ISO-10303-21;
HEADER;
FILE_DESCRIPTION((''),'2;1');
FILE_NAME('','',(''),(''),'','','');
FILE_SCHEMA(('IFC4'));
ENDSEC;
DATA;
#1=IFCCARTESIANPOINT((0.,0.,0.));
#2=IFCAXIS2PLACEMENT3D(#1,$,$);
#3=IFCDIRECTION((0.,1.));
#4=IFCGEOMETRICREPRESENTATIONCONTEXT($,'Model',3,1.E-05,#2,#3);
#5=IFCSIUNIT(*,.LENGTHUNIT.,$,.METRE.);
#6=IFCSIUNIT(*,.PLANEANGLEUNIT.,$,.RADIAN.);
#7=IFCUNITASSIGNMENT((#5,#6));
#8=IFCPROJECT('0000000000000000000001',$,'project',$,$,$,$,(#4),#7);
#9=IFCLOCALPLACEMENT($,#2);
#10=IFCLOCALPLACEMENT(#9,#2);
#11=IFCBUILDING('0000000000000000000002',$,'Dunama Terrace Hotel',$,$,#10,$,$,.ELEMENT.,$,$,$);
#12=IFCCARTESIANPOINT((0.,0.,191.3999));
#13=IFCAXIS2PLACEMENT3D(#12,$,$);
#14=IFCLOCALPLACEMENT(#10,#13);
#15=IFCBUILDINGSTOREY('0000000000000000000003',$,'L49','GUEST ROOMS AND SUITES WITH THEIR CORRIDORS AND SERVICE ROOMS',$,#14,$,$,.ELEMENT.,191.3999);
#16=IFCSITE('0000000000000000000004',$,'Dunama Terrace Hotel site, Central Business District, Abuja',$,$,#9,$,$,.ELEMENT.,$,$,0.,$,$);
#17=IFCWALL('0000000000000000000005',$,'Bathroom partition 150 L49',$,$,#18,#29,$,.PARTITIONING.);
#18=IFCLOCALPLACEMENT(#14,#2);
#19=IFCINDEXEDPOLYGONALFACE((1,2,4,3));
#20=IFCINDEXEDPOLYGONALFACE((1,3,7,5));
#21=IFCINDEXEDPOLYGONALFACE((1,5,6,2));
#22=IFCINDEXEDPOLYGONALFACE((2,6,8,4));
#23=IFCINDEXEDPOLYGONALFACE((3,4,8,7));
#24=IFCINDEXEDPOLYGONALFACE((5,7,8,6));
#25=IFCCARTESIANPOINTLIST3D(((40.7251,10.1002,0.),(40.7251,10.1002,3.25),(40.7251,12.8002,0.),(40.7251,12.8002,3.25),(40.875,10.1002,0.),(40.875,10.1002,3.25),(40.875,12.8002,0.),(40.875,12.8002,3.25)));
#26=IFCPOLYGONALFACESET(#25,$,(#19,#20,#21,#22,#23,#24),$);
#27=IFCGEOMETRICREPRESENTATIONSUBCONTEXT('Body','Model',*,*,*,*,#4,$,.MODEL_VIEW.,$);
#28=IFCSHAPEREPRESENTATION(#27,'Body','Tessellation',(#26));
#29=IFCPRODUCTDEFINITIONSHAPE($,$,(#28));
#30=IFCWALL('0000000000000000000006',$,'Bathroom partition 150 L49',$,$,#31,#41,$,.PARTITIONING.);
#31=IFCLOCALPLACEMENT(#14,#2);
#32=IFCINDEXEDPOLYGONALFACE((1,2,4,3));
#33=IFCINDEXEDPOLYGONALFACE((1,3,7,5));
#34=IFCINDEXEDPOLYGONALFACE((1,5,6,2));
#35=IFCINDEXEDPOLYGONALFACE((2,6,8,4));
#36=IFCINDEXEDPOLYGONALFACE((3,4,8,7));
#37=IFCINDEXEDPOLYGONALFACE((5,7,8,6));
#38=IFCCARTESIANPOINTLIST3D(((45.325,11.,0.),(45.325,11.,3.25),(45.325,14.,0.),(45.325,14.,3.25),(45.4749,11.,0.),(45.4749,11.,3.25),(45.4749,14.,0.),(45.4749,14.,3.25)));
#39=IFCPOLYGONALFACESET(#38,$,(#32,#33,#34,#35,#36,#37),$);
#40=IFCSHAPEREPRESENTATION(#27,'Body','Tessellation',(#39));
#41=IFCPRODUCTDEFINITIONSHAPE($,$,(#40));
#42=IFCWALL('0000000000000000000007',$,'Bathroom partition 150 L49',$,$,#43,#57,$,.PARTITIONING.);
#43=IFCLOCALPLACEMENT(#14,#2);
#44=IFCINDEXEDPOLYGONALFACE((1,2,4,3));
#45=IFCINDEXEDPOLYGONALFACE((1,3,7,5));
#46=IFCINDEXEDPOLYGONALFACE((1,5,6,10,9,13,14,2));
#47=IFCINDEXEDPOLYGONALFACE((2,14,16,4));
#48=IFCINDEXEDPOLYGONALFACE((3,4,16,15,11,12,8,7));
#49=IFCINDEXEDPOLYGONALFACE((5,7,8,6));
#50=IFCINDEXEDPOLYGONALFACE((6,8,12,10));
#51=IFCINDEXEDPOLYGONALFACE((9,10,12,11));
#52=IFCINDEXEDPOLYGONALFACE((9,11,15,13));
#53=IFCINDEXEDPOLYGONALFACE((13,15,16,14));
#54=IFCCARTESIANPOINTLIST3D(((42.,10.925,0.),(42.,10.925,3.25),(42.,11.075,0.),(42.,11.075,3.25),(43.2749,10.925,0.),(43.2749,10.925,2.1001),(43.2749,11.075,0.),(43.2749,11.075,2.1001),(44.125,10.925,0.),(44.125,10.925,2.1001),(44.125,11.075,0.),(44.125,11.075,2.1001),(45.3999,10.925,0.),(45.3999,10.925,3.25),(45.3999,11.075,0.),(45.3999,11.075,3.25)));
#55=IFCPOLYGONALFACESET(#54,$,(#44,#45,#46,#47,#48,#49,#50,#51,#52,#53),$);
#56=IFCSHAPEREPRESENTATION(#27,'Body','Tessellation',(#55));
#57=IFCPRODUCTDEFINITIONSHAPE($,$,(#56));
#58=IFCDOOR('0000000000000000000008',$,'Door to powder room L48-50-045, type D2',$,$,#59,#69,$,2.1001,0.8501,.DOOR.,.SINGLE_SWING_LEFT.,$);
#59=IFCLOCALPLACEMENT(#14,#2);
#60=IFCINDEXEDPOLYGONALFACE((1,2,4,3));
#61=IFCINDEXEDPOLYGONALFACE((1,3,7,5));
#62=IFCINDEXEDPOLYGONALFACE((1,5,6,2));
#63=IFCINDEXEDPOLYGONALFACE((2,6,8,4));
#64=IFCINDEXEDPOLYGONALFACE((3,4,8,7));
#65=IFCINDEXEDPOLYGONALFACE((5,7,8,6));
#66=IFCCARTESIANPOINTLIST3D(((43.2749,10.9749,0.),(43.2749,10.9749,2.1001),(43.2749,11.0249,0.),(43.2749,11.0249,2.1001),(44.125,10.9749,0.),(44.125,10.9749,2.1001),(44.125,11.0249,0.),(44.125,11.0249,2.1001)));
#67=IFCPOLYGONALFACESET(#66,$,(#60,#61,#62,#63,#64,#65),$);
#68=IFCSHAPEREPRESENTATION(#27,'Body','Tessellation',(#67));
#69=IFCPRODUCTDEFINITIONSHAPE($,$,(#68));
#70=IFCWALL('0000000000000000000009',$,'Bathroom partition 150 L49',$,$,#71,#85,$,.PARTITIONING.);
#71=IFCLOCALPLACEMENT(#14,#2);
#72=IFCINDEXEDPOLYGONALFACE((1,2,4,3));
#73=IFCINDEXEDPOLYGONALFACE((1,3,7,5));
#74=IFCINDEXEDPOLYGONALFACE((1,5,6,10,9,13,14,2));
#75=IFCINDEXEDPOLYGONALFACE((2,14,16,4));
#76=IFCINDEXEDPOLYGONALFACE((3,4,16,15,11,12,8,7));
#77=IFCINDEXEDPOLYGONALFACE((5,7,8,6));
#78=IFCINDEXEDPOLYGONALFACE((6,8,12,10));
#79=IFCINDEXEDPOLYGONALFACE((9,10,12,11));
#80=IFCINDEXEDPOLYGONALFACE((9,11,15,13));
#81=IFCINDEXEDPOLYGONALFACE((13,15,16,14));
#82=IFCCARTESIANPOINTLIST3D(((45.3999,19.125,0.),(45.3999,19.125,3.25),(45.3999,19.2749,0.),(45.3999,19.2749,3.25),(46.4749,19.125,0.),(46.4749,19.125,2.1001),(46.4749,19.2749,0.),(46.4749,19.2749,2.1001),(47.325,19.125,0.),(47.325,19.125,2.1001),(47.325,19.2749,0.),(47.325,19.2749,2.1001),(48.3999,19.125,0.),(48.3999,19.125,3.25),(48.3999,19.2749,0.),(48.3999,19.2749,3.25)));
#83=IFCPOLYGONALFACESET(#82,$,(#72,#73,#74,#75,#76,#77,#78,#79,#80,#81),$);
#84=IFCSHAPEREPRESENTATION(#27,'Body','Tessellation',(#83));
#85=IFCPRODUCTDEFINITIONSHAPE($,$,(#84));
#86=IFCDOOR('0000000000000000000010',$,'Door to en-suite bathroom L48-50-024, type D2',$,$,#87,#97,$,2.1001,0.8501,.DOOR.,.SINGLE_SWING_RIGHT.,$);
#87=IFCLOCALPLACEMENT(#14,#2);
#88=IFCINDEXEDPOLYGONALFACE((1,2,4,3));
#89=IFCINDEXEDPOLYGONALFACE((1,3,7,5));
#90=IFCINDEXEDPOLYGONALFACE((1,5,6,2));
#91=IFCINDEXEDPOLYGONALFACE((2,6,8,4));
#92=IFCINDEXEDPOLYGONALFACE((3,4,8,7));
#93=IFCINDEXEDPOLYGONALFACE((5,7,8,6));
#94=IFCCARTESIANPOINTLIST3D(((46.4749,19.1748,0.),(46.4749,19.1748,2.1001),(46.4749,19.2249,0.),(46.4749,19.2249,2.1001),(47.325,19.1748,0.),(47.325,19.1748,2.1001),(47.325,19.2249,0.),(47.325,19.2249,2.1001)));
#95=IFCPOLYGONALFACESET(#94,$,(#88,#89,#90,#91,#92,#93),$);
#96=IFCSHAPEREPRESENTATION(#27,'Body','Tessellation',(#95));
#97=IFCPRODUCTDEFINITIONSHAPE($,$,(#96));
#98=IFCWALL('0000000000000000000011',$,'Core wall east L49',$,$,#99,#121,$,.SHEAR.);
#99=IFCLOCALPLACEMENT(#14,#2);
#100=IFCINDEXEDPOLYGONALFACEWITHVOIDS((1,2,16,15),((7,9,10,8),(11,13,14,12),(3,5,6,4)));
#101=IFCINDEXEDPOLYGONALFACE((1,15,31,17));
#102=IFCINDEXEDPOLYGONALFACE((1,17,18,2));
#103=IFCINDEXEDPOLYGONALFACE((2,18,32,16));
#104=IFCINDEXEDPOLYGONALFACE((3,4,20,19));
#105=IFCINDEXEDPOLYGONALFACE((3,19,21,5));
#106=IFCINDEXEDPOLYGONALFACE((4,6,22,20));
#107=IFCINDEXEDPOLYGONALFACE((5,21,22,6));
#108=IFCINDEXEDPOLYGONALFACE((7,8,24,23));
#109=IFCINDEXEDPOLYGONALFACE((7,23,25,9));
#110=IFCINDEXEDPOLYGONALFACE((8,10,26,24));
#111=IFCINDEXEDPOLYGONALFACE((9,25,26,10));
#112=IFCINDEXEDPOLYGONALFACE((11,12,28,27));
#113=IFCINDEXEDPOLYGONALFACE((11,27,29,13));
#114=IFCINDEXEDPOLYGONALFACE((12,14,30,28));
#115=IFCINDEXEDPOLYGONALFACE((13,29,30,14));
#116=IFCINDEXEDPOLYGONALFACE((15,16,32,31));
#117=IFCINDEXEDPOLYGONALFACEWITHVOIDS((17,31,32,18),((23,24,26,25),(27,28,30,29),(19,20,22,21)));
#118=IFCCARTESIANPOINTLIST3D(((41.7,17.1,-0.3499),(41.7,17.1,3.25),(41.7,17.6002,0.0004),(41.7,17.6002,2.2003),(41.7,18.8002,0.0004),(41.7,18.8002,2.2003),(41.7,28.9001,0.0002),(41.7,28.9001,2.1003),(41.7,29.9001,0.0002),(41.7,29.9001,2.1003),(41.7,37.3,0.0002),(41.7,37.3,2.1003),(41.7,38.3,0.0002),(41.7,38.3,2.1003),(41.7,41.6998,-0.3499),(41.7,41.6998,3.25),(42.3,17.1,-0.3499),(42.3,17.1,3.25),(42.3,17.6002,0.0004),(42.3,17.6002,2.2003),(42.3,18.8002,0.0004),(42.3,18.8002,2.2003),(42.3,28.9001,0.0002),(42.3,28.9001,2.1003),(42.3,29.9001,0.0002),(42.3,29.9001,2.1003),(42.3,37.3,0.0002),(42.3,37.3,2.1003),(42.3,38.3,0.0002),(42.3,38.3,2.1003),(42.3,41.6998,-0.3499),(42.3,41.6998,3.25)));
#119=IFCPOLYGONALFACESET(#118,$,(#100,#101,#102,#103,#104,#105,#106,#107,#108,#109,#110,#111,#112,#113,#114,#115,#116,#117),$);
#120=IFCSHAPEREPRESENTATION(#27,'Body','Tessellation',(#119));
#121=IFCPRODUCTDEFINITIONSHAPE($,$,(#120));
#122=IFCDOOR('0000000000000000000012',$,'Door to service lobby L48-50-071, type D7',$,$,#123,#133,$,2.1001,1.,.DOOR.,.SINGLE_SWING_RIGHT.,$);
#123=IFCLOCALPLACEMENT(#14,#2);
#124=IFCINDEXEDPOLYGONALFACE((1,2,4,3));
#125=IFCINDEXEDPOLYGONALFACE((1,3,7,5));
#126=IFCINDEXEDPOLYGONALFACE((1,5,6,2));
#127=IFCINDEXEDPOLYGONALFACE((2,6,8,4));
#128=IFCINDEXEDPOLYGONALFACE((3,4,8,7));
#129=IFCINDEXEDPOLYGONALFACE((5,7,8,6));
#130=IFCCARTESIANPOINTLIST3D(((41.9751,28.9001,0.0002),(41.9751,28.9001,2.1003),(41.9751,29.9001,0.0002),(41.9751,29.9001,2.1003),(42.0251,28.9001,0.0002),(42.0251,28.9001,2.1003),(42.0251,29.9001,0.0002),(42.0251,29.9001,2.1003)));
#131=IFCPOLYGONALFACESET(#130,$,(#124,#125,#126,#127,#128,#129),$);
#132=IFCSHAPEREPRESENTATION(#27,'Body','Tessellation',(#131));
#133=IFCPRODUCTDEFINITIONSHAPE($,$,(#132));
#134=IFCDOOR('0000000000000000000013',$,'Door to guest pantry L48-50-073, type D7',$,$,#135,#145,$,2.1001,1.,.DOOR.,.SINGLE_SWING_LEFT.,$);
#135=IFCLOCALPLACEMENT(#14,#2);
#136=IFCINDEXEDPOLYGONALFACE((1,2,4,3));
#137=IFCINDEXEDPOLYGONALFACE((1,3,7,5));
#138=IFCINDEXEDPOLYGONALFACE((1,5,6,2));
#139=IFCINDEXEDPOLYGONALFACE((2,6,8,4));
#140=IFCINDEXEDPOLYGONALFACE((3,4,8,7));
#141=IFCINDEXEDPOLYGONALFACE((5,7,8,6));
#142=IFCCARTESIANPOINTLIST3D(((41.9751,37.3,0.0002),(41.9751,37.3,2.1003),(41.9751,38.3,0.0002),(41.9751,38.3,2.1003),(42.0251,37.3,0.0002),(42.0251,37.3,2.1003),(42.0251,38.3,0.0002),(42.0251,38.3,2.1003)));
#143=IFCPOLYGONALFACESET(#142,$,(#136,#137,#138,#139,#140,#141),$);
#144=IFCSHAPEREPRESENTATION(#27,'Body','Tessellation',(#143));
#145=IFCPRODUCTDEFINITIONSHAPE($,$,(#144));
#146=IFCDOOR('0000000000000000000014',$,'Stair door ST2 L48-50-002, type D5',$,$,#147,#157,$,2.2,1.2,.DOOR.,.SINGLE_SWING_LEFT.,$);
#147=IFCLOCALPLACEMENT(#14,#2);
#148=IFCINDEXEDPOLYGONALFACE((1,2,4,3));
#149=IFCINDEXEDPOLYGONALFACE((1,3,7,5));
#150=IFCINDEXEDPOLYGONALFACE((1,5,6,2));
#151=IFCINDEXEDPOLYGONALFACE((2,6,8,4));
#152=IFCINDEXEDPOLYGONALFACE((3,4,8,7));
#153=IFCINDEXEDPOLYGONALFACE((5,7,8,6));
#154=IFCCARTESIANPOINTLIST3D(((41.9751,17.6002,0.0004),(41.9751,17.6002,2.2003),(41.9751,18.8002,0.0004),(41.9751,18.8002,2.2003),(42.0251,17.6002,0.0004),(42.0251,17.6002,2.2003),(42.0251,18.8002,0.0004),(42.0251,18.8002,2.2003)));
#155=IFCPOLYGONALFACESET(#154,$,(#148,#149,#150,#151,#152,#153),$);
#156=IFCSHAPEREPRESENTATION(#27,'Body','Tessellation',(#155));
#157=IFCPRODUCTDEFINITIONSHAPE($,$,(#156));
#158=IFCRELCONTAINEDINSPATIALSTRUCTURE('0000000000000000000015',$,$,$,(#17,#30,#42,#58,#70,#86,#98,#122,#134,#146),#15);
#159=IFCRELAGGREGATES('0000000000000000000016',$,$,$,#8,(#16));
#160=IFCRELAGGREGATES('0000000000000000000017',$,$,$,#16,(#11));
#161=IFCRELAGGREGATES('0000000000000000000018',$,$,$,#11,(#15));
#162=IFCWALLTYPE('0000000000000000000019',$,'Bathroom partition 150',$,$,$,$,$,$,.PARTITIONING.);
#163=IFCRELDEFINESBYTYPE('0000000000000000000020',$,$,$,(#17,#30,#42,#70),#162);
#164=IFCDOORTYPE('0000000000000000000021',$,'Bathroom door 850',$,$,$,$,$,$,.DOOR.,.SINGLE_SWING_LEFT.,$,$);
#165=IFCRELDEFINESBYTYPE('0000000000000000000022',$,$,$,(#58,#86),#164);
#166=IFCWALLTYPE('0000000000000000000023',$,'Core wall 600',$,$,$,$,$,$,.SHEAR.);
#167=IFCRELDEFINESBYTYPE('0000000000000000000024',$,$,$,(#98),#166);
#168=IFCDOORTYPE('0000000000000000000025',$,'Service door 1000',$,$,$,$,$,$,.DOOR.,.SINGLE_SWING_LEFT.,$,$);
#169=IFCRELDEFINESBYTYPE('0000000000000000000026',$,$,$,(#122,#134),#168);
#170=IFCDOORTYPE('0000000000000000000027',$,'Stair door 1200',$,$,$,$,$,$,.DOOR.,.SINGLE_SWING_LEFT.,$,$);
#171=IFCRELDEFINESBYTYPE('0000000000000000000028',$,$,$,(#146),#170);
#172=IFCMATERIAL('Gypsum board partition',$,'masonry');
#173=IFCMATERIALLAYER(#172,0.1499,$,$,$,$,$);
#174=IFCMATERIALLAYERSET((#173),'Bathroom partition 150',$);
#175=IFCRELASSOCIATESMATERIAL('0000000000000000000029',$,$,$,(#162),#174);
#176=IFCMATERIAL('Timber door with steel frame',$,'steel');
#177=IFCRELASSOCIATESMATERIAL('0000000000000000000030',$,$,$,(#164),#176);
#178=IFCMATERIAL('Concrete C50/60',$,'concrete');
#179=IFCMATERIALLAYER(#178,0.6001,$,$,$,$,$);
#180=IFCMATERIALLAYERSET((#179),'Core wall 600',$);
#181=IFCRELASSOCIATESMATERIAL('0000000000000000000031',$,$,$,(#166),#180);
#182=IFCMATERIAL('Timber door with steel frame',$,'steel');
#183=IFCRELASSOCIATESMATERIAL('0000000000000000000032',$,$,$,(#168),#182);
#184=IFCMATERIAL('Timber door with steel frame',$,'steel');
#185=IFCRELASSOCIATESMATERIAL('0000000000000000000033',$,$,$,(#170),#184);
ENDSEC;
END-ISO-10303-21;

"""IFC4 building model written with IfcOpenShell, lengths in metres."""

from ifc_helpers import new_model, si_unit, direction, frame, frame_2d, origin, place, context, subcontext, project, spatial, rectangle, extrude, material, layer, layer_set, type_object, element, fill, save


model = new_model("IFC4")

# Units and contexts
model_context = context("Model", 3, precision=1e-05, world=origin(), true_north=direction((0.0, 1.0)))
body_context = subcontext(model_context, "Body", "Model", "MODEL_VIEW")
ifc_project = project(units=[si_unit("LENGTHUNIT", "METRE"), si_unit("PLANEANGLEUNIT", "RADIAN")], contexts=[model_context])

# Site, building, storey
site_placement = place(None, origin())
site = spatial("IfcSite", under=ifc_project, at=site_placement, Name="Dunama Terrace Hotel site, Central Business District, Abuja", CompositionType="ELEMENT", RefElevation=0.0)
building_placement = place(site_placement, origin())
building = spatial("IfcBuilding", under=site, at=building_placement, Name="Dunama Terrace Hotel", CompositionType="ELEMENT")
storey_placement = place(building_placement, frame((0.0, 0.0, 191.3999)))
storey = spatial("IfcBuildingStorey", under=building, at=storey_placement, Name="L49", Description="GUEST ROOMS AND SUITES WITH THEIR CORRIDORS AND SERVICE ROOMS", CompositionType="ELEMENT", Elevation=191.3999)

# Walls
ifc_material_1 = material(Name="Gypsum board partition", Category="masonry")
ifc_layer_1 = layer(ifc_material_1, 0.1499)
ifc_layer_set_1 = layer_set([ifc_layer_1], Name="Bathroom partition 150")
wall_type_1 = type_object("IfcWallType", Name="Bathroom partition 150", PredefinedType="PARTITIONING", material=ifc_layer_set_1)
wall_1_placement = place(storey_placement, frame((40.8, 10.1001, 0.0), z_axis=(0.0, 0.0, 1.0), x_axis=(0.0, 1.0, 0.0)))
element("IfcWall", 1, at=wall_1_placement, inside=storey, type_object=wall_type_1, Name="Bathroom partition 150 L49", PredefinedType="PARTITIONING", context=body_context, shape_type="SweptSolid", body=[
    extrude(rectangle(XDim=2.7, YDim=0.1499, at=frame_2d((1.3501, 0.0))), origin(), (0.0, 0.0, 1.0), 3.25),
])
wall_2_placement = place(storey_placement, frame((45.3999, 11.0, 0.0), z_axis=(0.0, 0.0, 1.0), x_axis=(0.0, 1.0, 0.0)))
element("IfcWall", 2, at=wall_2_placement, inside=storey, type_object=wall_type_1, Name="Bathroom partition 150 L49", PredefinedType="PARTITIONING", context=body_context, shape_type="SweptSolid", body=[
    extrude(rectangle(XDim=3.0, YDim=0.1499, at=frame_2d((1.5, 0.0))), origin(), (0.0, 0.0, 1.0), 3.25),
])

# Walls, openings, doors
wall_3_placement = place(storey_placement, frame((42.0, 11.0, 0.0), z_axis=(0.0, 0.0, 1.0), x_axis=(1.0, 0.0, 0.0)))
wall_3 = element("IfcWall", 3, at=wall_3_placement, inside=storey, type_object=wall_type_1, Name="Bathroom partition 150 L49", PredefinedType="PARTITIONING", context=body_context, shape_type="SweptSolid", body=[
    extrude(rectangle(XDim=3.3999, YDim=0.1499, at=frame_2d((1.7, 0.0))), origin(), (0.0, 0.0, 1.0), 3.25),
])
opening_1_placement = place(wall_3_placement, frame((1.2749, 0.0, 0.0)))
opening_1 = element("IfcOpeningElement", 4, at=opening_1_placement, cuts=wall_3, PredefinedType="OPENING", context=body_context, shape_type="SweptSolid", body=[
    extrude(rectangle(XDim=0.8501, YDim=2.1001, at=frame_2d((0.425, 1.05))), frame((0.0, 0.085, 0.0), z_axis=(0.0, -1.0, 0.0), x_axis=(1.0, 0.0, 0.0)), (0.0, 0.0, 1.0), 0.1699),
])
ifc_material_2 = material(Name="Timber door with steel frame", Category="steel")
door_type_1 = type_object("IfcDoorType", Name="Bathroom door 850", OperationType="SINGLE_SWING_LEFT", PredefinedType="DOOR", material=ifc_material_2)
door_1_placement = place(opening_1_placement, origin())
door_1 = element("IfcDoor", 5, at=door_1_placement, inside=storey, type_object=door_type_1, Name="Door to powder room L48-50-045, type D2", OperationType="SINGLE_SWING_LEFT", OverallHeight=2.1001, OverallWidth=0.8501, PredefinedType="DOOR", context=body_context, shape_type="SweptSolid", body=[
    extrude(rectangle(XDim=0.8501, YDim=2.1001, at=frame_2d((0.425, 1.05))), frame((0.0, 0.0249, 0.0), z_axis=(0.0, -1.0, 0.0), x_axis=(1.0, 0.0, 0.0)), (0.0, 0.0, 1.0), 0.05),
])
fill(opening_1, door_1)
wall_4_placement = place(storey_placement, frame((45.3999, 19.2, 0.0), z_axis=(0.0, 0.0, 1.0), x_axis=(1.0, 0.0, 0.0)))
wall_4 = element("IfcWall", 6, at=wall_4_placement, inside=storey, type_object=wall_type_1, Name="Bathroom partition 150 L49", PredefinedType="PARTITIONING", context=body_context, shape_type="SweptSolid", body=[
    extrude(rectangle(XDim=3.0, YDim=0.1499, at=frame_2d((1.5, 0.0))), origin(), (0.0, 0.0, 1.0), 3.25),
])
opening_2_placement = place(wall_4_placement, frame((1.075, 0.0, 0.0)))
opening_2 = element("IfcOpeningElement", 7, at=opening_2_placement, cuts=wall_4, PredefinedType="OPENING", context=body_context, shape_type="SweptSolid", body=[
    extrude(rectangle(XDim=0.8501, YDim=2.1001, at=frame_2d((0.425, 1.05))), frame((0.0, 0.085, 0.0), z_axis=(0.0, -1.0, 0.0), x_axis=(1.0, 0.0, 0.0)), (0.0, 0.0, 1.0), 0.1699),
])
door_2_placement = place(opening_2_placement, frame((0.8501, 0.0, 0.0), z_axis=(0.0, 0.0, 1.0), x_axis=(-1.0, 0.0, 0.0)))
door_2 = element("IfcDoor", 8, at=door_2_placement, inside=storey, type_object=door_type_1, Name="Door to en-suite bathroom L48-50-024, type D2", OperationType="SINGLE_SWING_RIGHT", OverallHeight=2.1001, OverallWidth=0.8501, PredefinedType="DOOR", context=body_context, shape_type="SweptSolid", body=[
    extrude(rectangle(XDim=0.8501, YDim=2.1001, at=frame_2d((0.425, 1.05))), frame((0.0, 0.0251, 0.0), z_axis=(0.0, -1.0, 0.0), x_axis=(1.0, 0.0, 0.0)), (0.0, 0.0, 1.0), 0.05),
])
fill(opening_2, door_2)

# Wall, openings, doors
ifc_material_3 = material(Name="Concrete C50/60", Category="concrete")
ifc_layer_2 = layer(ifc_material_3, 0.6001)
ifc_layer_set_2 = layer_set([ifc_layer_2], Name="Core wall 600")
wall_type_2 = type_object("IfcWallType", Name="Core wall 600", PredefinedType="SHEAR", material=ifc_layer_set_2)
wall_5_placement = place(storey_placement, frame((42.0, 17.1001, -0.3499), z_axis=(0.0, 0.0, 1.0), x_axis=(0.0, 1.0, 0.0)))
wall_5 = element("IfcWall", 9, at=wall_5_placement, inside=storey, type_object=wall_type_2, Name="Core wall east L49", PredefinedType="SHEAR", context=body_context, shape_type="SweptSolid", body=[
    extrude(rectangle(XDim=24.5999, YDim=0.6001, at=frame_2d((12.2998, 0.0))), origin(), (0.0, 0.0, 1.0), 3.5999),
])
opening_3_placement = place(wall_5_placement, frame((0.5, 0.0, 0.3501)))
opening_3 = element("IfcOpeningElement", 10, at=opening_3_placement, cuts=wall_5, PredefinedType="OPENING", context=body_context, shape_type="SweptSolid", body=[
    extrude(rectangle(XDim=1.2, YDim=2.2, at=frame_2d((0.6001, 1.1001))), frame((0.0, 0.3101, 0.0), z_axis=(0.0, -1.0, 0.0), x_axis=(1.0, 0.0, 0.0)), (0.0, 0.0, 1.0), 0.6201),
])
opening_4_placement = place(wall_5_placement, frame((11.8, 0.0, 0.3501)))
opening_4 = element("IfcOpeningElement", 11, at=opening_4_placement, cuts=wall_5, PredefinedType="OPENING", context=body_context, shape_type="SweptSolid", body=[
    extrude(rectangle(XDim=1.0, YDim=2.1001, at=frame_2d((0.5, 1.05))), frame((0.0, 0.3101, 0.0), z_axis=(0.0, -1.0, 0.0), x_axis=(1.0, 0.0, 0.0)), (0.0, 0.0, 1.0), 0.6201),
])
opening_5_placement = place(wall_5_placement, frame((20.2, 0.0, 0.3501)))
opening_5 = element("IfcOpeningElement", 12, at=opening_5_placement, cuts=wall_5, PredefinedType="OPENING", context=body_context, shape_type="SweptSolid", body=[
    extrude(rectangle(XDim=1.0, YDim=2.1001, at=frame_2d((0.5, 1.05))), frame((0.0, 0.3101, 0.0), z_axis=(0.0, -1.0, 0.0), x_axis=(1.0, 0.0, 0.0)), (0.0, 0.0, 1.0), 0.6201),
])
ifc_material_4 = material(Name="Timber door with steel frame", Category="steel")
door_type_2 = type_object("IfcDoorType", Name="Service door 1000", OperationType="SINGLE_SWING_LEFT", PredefinedType="DOOR", material=ifc_material_4)
door_3_placement = place(opening_4_placement, origin())
door_3 = element("IfcDoor", 13, at=door_3_placement, inside=storey, type_object=door_type_2, Name="Door to service lobby L48-50-071, type D7", OperationType="SINGLE_SWING_RIGHT", OverallHeight=2.1001, OverallWidth=1.0, PredefinedType="DOOR", context=body_context, shape_type="SweptSolid", body=[
    extrude(rectangle(XDim=1.0, YDim=2.1001, at=frame_2d((0.5, 1.05))), frame((0.0, 0.0249, 0.0), z_axis=(0.0, -1.0, 0.0), x_axis=(1.0, 0.0, 0.0)), (0.0, 0.0, 1.0), 0.05),
])
fill(opening_4, door_3)
door_4_placement = place(opening_5_placement, origin())
door_4 = element("IfcDoor", 14, at=door_4_placement, inside=storey, type_object=door_type_2, Name="Door to guest pantry L48-50-073, type D7", OperationType="SINGLE_SWING_LEFT", OverallHeight=2.1001, OverallWidth=1.0, PredefinedType="DOOR", context=body_context, shape_type="SweptSolid", body=[
    extrude(rectangle(XDim=1.0, YDim=2.1001, at=frame_2d((0.5, 1.05))), frame((0.0, 0.0249, 0.0), z_axis=(0.0, -1.0, 0.0), x_axis=(1.0, 0.0, 0.0)), (0.0, 0.0, 1.0), 0.05),
])
fill(opening_5, door_4)
ifc_material_5 = material(Name="Timber door with steel frame", Category="steel")
door_type_3 = type_object("IfcDoorType", Name="Stair door 1200", OperationType="SINGLE_SWING_LEFT", PredefinedType="DOOR", material=ifc_material_5)
door_5_placement = place(opening_3_placement, origin())
door_5 = element("IfcDoor", 15, at=door_5_placement, inside=storey, type_object=door_type_3, Name="Stair door ST2 L48-50-002, type D5", OperationType="SINGLE_SWING_LEFT", OverallHeight=2.2, OverallWidth=1.2, PredefinedType="DOOR", context=body_context, shape_type="SweptSolid", body=[
    extrude(rectangle(XDim=1.2, YDim=2.2, at=frame_2d((0.6001, 1.1001))), frame((0.0, 0.0249, 0.0), z_axis=(0.0, -1.0, 0.0), x_axis=(1.0, 0.0, 0.0)), (0.0, 0.0, 1.0), 0.05),
])
fill(opening_3, door_5)

save(model, "model.ifc")
